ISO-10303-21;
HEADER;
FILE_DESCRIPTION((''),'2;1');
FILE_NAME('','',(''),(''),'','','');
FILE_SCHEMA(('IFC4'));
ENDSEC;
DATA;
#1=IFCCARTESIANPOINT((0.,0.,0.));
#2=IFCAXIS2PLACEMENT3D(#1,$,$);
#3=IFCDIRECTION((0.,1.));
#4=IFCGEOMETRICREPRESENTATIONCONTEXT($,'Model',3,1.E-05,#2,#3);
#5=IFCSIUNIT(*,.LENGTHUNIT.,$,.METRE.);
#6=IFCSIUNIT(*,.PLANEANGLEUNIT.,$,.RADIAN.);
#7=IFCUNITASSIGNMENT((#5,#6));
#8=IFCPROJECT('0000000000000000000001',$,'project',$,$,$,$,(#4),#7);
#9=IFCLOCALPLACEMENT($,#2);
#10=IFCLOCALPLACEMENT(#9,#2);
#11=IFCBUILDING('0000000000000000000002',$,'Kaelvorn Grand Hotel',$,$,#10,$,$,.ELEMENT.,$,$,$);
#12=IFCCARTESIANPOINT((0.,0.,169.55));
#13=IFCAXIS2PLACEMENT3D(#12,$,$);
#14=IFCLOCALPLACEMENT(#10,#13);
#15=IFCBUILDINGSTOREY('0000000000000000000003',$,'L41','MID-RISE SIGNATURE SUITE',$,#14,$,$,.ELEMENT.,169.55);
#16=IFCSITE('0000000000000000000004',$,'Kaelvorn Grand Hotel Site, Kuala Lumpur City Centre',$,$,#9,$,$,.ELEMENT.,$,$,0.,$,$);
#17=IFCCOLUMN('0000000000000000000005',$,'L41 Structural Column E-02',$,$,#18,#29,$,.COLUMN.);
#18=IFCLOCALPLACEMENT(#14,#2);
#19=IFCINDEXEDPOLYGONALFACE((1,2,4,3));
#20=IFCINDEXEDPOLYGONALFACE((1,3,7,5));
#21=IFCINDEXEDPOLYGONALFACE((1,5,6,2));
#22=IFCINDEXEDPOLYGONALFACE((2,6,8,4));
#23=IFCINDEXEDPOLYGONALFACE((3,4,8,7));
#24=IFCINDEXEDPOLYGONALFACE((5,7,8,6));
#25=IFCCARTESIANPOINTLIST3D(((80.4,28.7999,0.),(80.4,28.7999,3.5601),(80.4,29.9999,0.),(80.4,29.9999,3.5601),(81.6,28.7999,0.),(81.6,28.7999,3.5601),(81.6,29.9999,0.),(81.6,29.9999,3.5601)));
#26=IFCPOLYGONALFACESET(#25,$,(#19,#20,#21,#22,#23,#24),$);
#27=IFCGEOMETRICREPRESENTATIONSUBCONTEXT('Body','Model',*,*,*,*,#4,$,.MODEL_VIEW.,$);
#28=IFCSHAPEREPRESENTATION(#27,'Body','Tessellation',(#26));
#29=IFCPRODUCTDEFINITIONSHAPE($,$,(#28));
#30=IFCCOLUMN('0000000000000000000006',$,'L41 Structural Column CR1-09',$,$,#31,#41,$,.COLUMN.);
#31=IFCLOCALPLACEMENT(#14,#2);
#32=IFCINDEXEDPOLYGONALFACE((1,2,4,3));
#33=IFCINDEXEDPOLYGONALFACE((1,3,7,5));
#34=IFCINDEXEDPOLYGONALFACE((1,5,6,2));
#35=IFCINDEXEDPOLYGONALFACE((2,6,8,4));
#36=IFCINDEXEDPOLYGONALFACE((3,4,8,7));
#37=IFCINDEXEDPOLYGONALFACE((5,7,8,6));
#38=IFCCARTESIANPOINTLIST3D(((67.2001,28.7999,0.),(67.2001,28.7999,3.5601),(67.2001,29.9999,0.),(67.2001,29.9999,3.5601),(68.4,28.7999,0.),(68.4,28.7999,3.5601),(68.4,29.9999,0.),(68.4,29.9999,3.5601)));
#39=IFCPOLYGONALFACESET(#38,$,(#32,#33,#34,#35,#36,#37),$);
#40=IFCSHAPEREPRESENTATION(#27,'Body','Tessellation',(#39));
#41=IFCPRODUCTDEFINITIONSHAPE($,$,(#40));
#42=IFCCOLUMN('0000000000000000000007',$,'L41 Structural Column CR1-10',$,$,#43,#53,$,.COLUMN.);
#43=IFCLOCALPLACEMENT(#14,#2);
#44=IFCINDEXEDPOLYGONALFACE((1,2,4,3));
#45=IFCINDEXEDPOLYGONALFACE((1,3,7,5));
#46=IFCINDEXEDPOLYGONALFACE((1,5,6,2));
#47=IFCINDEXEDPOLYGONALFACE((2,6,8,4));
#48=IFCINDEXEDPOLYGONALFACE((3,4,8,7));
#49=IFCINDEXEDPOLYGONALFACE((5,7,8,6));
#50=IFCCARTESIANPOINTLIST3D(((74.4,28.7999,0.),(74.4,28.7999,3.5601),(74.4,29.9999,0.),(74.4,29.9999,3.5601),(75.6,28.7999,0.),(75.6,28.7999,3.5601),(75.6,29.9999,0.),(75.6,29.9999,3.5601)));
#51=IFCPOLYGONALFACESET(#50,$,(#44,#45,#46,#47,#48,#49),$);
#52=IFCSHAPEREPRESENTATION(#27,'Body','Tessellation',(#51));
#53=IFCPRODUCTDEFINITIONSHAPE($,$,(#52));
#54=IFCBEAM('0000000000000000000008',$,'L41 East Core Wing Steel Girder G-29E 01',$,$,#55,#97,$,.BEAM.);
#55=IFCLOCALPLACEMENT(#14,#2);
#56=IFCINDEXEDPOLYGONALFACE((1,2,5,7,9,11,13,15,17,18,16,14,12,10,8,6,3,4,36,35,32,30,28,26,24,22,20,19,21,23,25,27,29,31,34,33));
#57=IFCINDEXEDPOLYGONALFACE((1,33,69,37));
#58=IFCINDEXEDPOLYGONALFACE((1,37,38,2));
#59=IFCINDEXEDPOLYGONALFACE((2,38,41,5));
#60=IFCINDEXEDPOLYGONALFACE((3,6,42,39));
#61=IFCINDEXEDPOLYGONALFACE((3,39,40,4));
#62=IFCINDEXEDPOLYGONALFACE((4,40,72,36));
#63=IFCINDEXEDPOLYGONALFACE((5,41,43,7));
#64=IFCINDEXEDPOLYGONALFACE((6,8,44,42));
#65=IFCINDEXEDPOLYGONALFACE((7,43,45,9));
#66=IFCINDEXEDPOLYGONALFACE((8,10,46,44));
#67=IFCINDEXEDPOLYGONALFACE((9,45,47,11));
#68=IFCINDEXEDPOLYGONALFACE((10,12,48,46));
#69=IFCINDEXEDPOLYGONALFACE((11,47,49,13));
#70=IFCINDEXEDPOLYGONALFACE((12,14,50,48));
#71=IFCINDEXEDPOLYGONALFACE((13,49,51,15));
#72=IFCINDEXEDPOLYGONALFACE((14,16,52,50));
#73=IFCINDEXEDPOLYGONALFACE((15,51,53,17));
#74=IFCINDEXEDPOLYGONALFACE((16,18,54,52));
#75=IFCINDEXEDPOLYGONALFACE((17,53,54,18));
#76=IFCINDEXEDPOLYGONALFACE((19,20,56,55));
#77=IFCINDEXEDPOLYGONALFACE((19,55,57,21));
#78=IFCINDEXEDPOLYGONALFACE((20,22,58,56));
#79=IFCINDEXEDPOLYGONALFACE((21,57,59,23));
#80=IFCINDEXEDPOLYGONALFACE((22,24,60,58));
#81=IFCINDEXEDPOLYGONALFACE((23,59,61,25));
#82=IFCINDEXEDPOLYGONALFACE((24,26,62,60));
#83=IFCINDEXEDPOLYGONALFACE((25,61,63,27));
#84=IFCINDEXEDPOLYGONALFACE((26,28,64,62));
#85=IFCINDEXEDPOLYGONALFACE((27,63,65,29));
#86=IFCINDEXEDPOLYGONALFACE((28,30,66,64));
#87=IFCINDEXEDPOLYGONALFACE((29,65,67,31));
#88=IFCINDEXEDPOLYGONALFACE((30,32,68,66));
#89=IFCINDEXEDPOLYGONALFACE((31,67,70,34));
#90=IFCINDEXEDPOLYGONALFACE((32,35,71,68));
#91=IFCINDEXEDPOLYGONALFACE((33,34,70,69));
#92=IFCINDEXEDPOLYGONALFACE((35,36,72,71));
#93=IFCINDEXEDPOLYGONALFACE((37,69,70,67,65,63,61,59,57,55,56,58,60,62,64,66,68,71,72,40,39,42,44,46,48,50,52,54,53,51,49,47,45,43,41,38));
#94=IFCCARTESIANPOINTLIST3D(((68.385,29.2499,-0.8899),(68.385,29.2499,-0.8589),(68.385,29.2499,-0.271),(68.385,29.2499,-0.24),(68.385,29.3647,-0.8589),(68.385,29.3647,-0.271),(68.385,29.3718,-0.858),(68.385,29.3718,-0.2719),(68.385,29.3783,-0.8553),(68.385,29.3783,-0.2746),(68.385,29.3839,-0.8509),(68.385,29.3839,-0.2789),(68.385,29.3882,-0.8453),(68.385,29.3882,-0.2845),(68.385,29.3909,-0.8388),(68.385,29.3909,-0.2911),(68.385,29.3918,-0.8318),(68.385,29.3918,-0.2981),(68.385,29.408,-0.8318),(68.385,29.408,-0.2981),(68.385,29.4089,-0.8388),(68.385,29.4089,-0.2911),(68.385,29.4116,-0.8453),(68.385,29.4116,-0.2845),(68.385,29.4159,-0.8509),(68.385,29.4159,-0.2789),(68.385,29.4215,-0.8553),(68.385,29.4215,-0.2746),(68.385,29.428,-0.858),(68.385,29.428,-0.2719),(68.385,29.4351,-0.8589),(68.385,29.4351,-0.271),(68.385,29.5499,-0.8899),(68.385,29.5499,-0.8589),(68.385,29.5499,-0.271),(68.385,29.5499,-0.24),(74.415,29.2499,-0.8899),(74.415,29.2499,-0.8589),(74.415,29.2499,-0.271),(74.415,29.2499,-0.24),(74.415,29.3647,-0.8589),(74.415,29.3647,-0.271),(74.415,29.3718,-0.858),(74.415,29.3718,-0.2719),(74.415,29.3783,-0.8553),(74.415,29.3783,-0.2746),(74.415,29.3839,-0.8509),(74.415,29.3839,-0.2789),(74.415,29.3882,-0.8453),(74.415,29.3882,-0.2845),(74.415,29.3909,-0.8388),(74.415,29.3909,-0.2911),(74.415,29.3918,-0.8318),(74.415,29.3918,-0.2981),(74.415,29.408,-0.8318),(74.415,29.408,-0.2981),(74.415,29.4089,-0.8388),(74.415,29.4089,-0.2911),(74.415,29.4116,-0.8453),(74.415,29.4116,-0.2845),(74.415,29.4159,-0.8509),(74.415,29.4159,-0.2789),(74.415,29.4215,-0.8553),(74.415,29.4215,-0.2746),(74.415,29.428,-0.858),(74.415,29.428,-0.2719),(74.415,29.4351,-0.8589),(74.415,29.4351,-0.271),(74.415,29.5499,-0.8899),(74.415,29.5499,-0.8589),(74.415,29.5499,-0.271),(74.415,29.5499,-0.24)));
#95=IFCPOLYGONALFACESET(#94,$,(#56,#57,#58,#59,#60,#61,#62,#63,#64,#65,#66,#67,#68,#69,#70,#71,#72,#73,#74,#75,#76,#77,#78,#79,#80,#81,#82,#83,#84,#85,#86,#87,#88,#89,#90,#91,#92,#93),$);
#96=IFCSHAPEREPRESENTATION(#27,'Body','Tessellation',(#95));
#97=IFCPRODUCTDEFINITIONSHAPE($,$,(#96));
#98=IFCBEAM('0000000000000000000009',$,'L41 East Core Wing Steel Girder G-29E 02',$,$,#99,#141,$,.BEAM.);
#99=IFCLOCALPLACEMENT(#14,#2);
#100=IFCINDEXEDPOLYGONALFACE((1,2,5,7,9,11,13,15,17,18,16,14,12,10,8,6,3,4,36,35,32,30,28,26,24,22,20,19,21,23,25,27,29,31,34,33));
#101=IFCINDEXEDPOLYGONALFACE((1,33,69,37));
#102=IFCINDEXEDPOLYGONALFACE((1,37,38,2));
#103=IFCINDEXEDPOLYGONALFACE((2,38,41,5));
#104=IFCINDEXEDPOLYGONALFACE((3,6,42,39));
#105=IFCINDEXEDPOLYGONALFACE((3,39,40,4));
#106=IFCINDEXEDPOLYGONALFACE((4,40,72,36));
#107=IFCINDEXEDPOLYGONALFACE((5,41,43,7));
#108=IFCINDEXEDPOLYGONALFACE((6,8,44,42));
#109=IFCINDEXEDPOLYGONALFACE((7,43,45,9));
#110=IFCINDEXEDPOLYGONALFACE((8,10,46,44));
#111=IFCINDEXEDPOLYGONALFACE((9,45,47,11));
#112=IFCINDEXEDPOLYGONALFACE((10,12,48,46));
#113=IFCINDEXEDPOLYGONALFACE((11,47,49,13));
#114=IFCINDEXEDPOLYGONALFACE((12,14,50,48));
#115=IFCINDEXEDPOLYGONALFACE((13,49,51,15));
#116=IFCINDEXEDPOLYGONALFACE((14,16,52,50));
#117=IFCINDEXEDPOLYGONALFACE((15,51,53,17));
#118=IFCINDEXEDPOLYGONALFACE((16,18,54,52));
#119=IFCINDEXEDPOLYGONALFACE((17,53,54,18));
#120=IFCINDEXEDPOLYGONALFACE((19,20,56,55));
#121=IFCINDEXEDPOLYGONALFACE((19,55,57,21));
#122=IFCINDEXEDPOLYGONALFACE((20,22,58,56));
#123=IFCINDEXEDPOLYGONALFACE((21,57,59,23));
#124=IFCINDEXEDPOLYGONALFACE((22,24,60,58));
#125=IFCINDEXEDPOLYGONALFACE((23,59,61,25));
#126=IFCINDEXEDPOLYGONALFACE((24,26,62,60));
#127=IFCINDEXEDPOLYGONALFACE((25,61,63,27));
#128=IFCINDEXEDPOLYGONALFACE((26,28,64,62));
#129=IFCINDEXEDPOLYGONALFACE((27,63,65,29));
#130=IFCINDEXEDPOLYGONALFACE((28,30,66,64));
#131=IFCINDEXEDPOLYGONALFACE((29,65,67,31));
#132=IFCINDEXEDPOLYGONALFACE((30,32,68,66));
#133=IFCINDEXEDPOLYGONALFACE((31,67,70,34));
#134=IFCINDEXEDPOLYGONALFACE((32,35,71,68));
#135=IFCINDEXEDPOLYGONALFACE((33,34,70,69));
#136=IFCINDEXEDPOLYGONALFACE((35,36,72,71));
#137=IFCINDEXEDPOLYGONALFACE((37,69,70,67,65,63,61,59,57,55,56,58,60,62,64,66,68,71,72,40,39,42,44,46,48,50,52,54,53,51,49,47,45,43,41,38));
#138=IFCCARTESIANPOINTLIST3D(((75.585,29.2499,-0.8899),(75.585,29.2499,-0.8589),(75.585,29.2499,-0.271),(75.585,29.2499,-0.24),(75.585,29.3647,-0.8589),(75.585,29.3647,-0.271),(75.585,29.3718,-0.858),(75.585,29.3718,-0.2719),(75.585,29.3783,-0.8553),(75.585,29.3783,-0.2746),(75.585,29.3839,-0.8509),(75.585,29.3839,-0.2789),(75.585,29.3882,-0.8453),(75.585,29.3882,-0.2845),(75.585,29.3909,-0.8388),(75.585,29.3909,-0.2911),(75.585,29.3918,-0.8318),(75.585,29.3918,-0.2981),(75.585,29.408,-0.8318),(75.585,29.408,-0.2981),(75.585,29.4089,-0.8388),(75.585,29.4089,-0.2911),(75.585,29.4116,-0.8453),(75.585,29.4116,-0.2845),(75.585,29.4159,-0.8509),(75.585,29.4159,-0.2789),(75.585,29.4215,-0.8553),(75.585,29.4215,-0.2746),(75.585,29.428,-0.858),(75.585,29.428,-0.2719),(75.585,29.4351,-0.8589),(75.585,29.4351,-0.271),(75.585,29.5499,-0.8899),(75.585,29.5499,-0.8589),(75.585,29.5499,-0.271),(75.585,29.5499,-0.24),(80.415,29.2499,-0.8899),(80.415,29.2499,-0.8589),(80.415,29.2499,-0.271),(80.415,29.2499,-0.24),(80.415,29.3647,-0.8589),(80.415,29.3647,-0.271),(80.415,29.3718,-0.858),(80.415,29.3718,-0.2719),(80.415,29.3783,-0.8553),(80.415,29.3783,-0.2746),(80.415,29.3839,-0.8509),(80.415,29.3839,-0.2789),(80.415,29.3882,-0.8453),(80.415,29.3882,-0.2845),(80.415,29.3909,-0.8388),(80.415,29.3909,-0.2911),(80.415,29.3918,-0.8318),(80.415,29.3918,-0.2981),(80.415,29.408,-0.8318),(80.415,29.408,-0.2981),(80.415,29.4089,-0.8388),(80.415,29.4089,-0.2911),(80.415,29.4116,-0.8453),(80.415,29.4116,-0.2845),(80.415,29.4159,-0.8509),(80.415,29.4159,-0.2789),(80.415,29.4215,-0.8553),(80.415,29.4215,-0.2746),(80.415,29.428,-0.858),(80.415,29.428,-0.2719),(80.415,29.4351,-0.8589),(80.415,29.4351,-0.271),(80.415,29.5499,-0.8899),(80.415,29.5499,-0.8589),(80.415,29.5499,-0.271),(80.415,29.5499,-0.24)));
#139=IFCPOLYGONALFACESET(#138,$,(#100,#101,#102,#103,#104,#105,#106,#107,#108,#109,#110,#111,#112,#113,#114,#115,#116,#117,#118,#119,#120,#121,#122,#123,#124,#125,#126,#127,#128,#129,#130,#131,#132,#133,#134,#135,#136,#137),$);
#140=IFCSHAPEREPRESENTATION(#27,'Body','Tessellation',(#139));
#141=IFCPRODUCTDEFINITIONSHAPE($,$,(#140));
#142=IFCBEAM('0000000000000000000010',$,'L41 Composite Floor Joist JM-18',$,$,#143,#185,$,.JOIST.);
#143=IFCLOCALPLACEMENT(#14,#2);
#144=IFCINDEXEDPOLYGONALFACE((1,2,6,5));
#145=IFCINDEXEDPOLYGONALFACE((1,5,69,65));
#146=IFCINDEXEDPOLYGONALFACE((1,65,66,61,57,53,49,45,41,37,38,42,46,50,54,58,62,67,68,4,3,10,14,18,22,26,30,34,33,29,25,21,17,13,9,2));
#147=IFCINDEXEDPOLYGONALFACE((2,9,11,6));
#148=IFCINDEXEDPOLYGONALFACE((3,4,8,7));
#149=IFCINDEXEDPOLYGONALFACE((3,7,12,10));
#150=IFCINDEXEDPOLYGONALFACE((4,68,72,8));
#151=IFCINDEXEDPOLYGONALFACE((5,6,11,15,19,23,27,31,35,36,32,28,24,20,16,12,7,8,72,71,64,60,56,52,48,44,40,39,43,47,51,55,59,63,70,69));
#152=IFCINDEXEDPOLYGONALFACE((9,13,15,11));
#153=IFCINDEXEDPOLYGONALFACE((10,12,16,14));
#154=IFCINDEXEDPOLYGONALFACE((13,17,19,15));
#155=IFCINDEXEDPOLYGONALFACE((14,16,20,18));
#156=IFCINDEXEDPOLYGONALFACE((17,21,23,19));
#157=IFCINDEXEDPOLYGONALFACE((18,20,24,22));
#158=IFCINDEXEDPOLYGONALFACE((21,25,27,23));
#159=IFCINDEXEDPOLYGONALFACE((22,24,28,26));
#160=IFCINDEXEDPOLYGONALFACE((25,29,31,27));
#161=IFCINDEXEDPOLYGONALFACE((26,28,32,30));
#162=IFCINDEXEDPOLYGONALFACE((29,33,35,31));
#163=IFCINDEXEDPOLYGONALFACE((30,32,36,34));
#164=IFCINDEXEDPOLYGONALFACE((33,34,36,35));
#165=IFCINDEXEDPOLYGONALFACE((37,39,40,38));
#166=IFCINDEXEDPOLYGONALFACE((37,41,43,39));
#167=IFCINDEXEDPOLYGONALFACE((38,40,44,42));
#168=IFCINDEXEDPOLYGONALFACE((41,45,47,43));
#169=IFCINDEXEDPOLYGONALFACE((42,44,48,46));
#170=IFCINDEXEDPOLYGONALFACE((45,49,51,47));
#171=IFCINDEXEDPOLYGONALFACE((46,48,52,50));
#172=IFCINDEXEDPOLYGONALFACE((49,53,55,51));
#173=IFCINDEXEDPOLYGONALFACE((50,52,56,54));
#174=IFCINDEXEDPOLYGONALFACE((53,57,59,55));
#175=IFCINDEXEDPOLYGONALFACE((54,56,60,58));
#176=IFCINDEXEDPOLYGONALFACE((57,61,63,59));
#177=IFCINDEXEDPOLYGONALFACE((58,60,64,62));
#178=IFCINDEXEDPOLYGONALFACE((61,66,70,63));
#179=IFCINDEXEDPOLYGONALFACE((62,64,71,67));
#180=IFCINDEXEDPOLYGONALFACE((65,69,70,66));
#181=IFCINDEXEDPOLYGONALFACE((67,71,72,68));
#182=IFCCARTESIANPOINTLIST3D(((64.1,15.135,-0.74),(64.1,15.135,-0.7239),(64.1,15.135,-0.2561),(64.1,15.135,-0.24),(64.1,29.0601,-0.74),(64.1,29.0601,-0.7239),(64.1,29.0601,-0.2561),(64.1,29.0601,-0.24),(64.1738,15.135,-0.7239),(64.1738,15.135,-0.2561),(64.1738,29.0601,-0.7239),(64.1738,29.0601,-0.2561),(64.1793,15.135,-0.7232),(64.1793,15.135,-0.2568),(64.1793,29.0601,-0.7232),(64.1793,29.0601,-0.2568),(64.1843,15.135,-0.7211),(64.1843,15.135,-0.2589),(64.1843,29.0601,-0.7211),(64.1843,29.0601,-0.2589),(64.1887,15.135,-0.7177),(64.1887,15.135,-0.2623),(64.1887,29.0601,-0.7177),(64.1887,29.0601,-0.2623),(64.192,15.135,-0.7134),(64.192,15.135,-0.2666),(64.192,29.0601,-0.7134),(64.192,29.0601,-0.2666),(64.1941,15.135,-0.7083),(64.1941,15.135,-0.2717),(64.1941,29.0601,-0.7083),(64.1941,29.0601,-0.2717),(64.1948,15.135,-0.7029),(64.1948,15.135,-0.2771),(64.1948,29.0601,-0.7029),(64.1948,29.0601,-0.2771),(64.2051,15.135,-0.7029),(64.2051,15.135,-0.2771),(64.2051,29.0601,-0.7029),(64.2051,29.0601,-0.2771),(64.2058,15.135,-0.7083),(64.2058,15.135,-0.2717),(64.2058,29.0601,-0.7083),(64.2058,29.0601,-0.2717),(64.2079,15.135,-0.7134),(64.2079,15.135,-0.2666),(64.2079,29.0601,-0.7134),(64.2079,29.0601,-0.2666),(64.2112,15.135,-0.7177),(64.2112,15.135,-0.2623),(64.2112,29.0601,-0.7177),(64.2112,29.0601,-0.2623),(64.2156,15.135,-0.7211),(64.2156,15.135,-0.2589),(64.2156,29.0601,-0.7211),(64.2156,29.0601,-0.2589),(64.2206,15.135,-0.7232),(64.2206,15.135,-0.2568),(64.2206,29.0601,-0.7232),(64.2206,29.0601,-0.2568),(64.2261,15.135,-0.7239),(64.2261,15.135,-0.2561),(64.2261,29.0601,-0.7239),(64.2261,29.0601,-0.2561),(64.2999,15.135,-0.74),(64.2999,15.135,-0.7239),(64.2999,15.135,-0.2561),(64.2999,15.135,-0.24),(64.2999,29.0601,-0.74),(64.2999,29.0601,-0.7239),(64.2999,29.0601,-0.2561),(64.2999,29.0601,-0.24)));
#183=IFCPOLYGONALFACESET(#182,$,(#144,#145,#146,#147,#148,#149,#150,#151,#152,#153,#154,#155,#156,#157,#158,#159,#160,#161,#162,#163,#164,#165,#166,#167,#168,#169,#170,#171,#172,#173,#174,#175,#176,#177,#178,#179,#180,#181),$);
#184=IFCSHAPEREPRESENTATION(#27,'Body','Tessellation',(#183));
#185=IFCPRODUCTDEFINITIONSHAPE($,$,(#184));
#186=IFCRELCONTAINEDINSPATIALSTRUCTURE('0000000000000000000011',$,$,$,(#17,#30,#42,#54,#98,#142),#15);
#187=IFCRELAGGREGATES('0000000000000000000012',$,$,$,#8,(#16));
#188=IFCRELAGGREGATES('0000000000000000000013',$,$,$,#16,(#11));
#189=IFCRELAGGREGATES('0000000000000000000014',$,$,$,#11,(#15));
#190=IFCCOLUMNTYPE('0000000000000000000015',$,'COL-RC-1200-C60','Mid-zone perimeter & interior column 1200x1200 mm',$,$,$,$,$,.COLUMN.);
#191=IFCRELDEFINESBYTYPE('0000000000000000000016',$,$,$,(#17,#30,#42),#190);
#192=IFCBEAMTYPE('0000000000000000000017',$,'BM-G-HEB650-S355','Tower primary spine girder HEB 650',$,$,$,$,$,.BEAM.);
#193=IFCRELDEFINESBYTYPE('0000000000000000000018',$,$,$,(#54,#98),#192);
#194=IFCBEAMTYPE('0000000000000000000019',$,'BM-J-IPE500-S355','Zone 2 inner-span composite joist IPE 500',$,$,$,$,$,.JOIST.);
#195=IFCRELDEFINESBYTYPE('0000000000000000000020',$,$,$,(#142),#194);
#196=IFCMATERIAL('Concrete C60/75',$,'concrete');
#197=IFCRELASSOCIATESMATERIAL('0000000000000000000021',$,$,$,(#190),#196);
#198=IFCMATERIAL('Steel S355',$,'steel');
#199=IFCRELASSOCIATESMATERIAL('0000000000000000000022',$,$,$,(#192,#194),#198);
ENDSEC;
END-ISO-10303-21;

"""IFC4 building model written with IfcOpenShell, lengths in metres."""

from ifc_helpers import new_model, si_unit, direction, frame, origin, origin_2d, place, context, subcontext, project, spatial, rectangle, i_section, extrude, material, material_profile, profile_set, type_object, element, save


model = new_model("IFC4")

# Units and contexts
model_context = context("Model", 3, precision=1e-05, world=origin(), true_north=direction((0.0, 1.0)))
body_context = subcontext(model_context, "Body", "Model", "MODEL_VIEW")
ifc_project = project(units=[si_unit("LENGTHUNIT", "METRE"), si_unit("PLANEANGLEUNIT", "RADIAN")], contexts=[model_context])

# Site, building, storey
site_placement = place(None, origin())
site = spatial("IfcSite", under=ifc_project, at=site_placement, Name="Kaelvorn Grand Hotel Site, Kuala Lumpur City Centre", CompositionType="ELEMENT", RefElevation=0.0)
building_placement = place(site_placement, origin())
building = spatial("IfcBuilding", under=site, at=building_placement, Name="Kaelvorn Grand Hotel", CompositionType="ELEMENT")
storey_placement = place(building_placement, frame((0.0, 0.0, 169.55)))
storey = spatial("IfcBuildingStorey", under=building, at=storey_placement, Name="L41", Description="MID-RISE SIGNATURE SUITE", CompositionType="ELEMENT", Elevation=169.55)

# Columns
ifc_material_1 = material(Name="Concrete C60/75", Category="concrete")
ifc_material_profile_1 = material_profile(ifc_material_1, rectangle(XDim=1.2, YDim=1.2, at=origin_2d()), Name="RC COL 1200x1200")
ifc_profile_set_1 = profile_set([ifc_material_profile_1], Name="Concrete C60/75")
column_type = type_object("IfcColumnType", Name="COL-RC-1200-C60", Description="Mid-zone perimeter & interior column 1200x1200 mm", PredefinedType="COLUMN", material=ifc_profile_set_1)
for number, where, z_axis, x_axis, name in (
    (1, (81.0, 29.3999, 0.0), (0.0, 0.0, 1.0), (1.0, 0.0, 0.0), "L41 Structural Column E-02"),
    (2, (67.8, 29.3999, 0.0), (0.0, 0.0, 1.0), (1.0, 0.0, 0.0), "L41 Structural Column CR1-09"),
    (3, (75.0, 29.3999, 0.0), (0.0, 0.0, 1.0), (1.0, 0.0, 0.0), "L41 Structural Column CR1-10"),
):
    element("IfcColumn", number, at=place(storey_placement, frame(where, z_axis=z_axis, x_axis=x_axis)), inside=storey, type_object=column_type, Name=name, PredefinedType="COLUMN", context=body_context, shape_type="SweptSolid", body=[
        extrude(rectangle(XDim=1.2, YDim=1.2, at=origin_2d()), origin(), (0.0, 0.0, 1.0), 3.5601),
    ])

# Beams
ifc_material_2 = material(Name="Steel S355", Category="steel")
ifc_material_profile_2 = material_profile(ifc_material_2, i_section(OverallWidth=0.3, OverallDepth=0.6499, WebThickness=0.0161, FlangeThickness=0.031, FilletRadius=0.0271, at=origin_2d()), Name="HEB 650")
ifc_profile_set_2 = profile_set([ifc_material_profile_2], Name="Steel S355")
beam_type_1 = type_object("IfcBeamType", Name="BM-G-HEB650-S355", Description="Tower primary spine girder HEB 650", PredefinedType="BEAM", material=ifc_profile_set_2)
beam_1_placement = place(storey_placement, frame((68.385, 29.3999, -0.5649), z_axis=(1.0, 0.0, 0.0), x_axis=(0.0, 1.0, 0.0)))
element("IfcBeam", 4, at=beam_1_placement, inside=storey, type_object=beam_type_1, Name="L41 East Core Wing Steel Girder G-29E 01", PredefinedType="BEAM", context=body_context, shape_type="SweptSolid", body=[
    extrude(i_section(OverallWidth=0.3, OverallDepth=0.6499, WebThickness=0.0161, FlangeThickness=0.031, FilletRadius=0.0271, at=origin_2d()), origin(), (0.0, 0.0, 1.0), 6.03),
])
beam_2_placement = place(storey_placement, frame((75.585, 29.3999, -0.5649), z_axis=(1.0, 0.0, 0.0), x_axis=(0.0, 1.0, 0.0)))
element("IfcBeam", 5, at=beam_2_placement, inside=storey, type_object=beam_type_1, Name="L41 East Core Wing Steel Girder G-29E 02", PredefinedType="BEAM", context=body_context, shape_type="SweptSolid", body=[
    extrude(i_section(OverallWidth=0.3, OverallDepth=0.6499, WebThickness=0.0161, FlangeThickness=0.031, FilletRadius=0.0271, at=origin_2d()), origin(), (0.0, 0.0, 1.0), 4.8301),
])
ifc_material_profile_3 = material_profile(ifc_material_2, i_section(OverallWidth=0.2, OverallDepth=0.5, WebThickness=0.0103, FlangeThickness=0.0161, FilletRadius=0.021, at=origin_2d()), Name="IPE 500")
ifc_profile_set_3 = profile_set([ifc_material_profile_3], Name="Steel S355")
beam_type_2 = type_object("IfcBeamType", Name="BM-J-IPE500-S355", Description="Zone 2 inner-span composite joist IPE 500", PredefinedType="JOIST", material=ifc_profile_set_3)
beam_3_placement = place(storey_placement, frame((64.2, 15.135, -0.49), z_axis=(0.0, 1.0, 0.0), x_axis=(-1.0, 0.0, 0.0)))
element("IfcBeam", 6, at=beam_3_placement, inside=storey, type_object=beam_type_2, Name="L41 Composite Floor Joist JM-18", PredefinedType="JOIST", context=body_context, shape_type="SweptSolid", body=[
    extrude(i_section(OverallWidth=0.2, OverallDepth=0.5, WebThickness=0.0103, FlangeThickness=0.0161, FilletRadius=0.021, at=origin_2d()), origin(), (0.0, 0.0, 1.0), 13.925),
])

save(model, "model.ifc")
